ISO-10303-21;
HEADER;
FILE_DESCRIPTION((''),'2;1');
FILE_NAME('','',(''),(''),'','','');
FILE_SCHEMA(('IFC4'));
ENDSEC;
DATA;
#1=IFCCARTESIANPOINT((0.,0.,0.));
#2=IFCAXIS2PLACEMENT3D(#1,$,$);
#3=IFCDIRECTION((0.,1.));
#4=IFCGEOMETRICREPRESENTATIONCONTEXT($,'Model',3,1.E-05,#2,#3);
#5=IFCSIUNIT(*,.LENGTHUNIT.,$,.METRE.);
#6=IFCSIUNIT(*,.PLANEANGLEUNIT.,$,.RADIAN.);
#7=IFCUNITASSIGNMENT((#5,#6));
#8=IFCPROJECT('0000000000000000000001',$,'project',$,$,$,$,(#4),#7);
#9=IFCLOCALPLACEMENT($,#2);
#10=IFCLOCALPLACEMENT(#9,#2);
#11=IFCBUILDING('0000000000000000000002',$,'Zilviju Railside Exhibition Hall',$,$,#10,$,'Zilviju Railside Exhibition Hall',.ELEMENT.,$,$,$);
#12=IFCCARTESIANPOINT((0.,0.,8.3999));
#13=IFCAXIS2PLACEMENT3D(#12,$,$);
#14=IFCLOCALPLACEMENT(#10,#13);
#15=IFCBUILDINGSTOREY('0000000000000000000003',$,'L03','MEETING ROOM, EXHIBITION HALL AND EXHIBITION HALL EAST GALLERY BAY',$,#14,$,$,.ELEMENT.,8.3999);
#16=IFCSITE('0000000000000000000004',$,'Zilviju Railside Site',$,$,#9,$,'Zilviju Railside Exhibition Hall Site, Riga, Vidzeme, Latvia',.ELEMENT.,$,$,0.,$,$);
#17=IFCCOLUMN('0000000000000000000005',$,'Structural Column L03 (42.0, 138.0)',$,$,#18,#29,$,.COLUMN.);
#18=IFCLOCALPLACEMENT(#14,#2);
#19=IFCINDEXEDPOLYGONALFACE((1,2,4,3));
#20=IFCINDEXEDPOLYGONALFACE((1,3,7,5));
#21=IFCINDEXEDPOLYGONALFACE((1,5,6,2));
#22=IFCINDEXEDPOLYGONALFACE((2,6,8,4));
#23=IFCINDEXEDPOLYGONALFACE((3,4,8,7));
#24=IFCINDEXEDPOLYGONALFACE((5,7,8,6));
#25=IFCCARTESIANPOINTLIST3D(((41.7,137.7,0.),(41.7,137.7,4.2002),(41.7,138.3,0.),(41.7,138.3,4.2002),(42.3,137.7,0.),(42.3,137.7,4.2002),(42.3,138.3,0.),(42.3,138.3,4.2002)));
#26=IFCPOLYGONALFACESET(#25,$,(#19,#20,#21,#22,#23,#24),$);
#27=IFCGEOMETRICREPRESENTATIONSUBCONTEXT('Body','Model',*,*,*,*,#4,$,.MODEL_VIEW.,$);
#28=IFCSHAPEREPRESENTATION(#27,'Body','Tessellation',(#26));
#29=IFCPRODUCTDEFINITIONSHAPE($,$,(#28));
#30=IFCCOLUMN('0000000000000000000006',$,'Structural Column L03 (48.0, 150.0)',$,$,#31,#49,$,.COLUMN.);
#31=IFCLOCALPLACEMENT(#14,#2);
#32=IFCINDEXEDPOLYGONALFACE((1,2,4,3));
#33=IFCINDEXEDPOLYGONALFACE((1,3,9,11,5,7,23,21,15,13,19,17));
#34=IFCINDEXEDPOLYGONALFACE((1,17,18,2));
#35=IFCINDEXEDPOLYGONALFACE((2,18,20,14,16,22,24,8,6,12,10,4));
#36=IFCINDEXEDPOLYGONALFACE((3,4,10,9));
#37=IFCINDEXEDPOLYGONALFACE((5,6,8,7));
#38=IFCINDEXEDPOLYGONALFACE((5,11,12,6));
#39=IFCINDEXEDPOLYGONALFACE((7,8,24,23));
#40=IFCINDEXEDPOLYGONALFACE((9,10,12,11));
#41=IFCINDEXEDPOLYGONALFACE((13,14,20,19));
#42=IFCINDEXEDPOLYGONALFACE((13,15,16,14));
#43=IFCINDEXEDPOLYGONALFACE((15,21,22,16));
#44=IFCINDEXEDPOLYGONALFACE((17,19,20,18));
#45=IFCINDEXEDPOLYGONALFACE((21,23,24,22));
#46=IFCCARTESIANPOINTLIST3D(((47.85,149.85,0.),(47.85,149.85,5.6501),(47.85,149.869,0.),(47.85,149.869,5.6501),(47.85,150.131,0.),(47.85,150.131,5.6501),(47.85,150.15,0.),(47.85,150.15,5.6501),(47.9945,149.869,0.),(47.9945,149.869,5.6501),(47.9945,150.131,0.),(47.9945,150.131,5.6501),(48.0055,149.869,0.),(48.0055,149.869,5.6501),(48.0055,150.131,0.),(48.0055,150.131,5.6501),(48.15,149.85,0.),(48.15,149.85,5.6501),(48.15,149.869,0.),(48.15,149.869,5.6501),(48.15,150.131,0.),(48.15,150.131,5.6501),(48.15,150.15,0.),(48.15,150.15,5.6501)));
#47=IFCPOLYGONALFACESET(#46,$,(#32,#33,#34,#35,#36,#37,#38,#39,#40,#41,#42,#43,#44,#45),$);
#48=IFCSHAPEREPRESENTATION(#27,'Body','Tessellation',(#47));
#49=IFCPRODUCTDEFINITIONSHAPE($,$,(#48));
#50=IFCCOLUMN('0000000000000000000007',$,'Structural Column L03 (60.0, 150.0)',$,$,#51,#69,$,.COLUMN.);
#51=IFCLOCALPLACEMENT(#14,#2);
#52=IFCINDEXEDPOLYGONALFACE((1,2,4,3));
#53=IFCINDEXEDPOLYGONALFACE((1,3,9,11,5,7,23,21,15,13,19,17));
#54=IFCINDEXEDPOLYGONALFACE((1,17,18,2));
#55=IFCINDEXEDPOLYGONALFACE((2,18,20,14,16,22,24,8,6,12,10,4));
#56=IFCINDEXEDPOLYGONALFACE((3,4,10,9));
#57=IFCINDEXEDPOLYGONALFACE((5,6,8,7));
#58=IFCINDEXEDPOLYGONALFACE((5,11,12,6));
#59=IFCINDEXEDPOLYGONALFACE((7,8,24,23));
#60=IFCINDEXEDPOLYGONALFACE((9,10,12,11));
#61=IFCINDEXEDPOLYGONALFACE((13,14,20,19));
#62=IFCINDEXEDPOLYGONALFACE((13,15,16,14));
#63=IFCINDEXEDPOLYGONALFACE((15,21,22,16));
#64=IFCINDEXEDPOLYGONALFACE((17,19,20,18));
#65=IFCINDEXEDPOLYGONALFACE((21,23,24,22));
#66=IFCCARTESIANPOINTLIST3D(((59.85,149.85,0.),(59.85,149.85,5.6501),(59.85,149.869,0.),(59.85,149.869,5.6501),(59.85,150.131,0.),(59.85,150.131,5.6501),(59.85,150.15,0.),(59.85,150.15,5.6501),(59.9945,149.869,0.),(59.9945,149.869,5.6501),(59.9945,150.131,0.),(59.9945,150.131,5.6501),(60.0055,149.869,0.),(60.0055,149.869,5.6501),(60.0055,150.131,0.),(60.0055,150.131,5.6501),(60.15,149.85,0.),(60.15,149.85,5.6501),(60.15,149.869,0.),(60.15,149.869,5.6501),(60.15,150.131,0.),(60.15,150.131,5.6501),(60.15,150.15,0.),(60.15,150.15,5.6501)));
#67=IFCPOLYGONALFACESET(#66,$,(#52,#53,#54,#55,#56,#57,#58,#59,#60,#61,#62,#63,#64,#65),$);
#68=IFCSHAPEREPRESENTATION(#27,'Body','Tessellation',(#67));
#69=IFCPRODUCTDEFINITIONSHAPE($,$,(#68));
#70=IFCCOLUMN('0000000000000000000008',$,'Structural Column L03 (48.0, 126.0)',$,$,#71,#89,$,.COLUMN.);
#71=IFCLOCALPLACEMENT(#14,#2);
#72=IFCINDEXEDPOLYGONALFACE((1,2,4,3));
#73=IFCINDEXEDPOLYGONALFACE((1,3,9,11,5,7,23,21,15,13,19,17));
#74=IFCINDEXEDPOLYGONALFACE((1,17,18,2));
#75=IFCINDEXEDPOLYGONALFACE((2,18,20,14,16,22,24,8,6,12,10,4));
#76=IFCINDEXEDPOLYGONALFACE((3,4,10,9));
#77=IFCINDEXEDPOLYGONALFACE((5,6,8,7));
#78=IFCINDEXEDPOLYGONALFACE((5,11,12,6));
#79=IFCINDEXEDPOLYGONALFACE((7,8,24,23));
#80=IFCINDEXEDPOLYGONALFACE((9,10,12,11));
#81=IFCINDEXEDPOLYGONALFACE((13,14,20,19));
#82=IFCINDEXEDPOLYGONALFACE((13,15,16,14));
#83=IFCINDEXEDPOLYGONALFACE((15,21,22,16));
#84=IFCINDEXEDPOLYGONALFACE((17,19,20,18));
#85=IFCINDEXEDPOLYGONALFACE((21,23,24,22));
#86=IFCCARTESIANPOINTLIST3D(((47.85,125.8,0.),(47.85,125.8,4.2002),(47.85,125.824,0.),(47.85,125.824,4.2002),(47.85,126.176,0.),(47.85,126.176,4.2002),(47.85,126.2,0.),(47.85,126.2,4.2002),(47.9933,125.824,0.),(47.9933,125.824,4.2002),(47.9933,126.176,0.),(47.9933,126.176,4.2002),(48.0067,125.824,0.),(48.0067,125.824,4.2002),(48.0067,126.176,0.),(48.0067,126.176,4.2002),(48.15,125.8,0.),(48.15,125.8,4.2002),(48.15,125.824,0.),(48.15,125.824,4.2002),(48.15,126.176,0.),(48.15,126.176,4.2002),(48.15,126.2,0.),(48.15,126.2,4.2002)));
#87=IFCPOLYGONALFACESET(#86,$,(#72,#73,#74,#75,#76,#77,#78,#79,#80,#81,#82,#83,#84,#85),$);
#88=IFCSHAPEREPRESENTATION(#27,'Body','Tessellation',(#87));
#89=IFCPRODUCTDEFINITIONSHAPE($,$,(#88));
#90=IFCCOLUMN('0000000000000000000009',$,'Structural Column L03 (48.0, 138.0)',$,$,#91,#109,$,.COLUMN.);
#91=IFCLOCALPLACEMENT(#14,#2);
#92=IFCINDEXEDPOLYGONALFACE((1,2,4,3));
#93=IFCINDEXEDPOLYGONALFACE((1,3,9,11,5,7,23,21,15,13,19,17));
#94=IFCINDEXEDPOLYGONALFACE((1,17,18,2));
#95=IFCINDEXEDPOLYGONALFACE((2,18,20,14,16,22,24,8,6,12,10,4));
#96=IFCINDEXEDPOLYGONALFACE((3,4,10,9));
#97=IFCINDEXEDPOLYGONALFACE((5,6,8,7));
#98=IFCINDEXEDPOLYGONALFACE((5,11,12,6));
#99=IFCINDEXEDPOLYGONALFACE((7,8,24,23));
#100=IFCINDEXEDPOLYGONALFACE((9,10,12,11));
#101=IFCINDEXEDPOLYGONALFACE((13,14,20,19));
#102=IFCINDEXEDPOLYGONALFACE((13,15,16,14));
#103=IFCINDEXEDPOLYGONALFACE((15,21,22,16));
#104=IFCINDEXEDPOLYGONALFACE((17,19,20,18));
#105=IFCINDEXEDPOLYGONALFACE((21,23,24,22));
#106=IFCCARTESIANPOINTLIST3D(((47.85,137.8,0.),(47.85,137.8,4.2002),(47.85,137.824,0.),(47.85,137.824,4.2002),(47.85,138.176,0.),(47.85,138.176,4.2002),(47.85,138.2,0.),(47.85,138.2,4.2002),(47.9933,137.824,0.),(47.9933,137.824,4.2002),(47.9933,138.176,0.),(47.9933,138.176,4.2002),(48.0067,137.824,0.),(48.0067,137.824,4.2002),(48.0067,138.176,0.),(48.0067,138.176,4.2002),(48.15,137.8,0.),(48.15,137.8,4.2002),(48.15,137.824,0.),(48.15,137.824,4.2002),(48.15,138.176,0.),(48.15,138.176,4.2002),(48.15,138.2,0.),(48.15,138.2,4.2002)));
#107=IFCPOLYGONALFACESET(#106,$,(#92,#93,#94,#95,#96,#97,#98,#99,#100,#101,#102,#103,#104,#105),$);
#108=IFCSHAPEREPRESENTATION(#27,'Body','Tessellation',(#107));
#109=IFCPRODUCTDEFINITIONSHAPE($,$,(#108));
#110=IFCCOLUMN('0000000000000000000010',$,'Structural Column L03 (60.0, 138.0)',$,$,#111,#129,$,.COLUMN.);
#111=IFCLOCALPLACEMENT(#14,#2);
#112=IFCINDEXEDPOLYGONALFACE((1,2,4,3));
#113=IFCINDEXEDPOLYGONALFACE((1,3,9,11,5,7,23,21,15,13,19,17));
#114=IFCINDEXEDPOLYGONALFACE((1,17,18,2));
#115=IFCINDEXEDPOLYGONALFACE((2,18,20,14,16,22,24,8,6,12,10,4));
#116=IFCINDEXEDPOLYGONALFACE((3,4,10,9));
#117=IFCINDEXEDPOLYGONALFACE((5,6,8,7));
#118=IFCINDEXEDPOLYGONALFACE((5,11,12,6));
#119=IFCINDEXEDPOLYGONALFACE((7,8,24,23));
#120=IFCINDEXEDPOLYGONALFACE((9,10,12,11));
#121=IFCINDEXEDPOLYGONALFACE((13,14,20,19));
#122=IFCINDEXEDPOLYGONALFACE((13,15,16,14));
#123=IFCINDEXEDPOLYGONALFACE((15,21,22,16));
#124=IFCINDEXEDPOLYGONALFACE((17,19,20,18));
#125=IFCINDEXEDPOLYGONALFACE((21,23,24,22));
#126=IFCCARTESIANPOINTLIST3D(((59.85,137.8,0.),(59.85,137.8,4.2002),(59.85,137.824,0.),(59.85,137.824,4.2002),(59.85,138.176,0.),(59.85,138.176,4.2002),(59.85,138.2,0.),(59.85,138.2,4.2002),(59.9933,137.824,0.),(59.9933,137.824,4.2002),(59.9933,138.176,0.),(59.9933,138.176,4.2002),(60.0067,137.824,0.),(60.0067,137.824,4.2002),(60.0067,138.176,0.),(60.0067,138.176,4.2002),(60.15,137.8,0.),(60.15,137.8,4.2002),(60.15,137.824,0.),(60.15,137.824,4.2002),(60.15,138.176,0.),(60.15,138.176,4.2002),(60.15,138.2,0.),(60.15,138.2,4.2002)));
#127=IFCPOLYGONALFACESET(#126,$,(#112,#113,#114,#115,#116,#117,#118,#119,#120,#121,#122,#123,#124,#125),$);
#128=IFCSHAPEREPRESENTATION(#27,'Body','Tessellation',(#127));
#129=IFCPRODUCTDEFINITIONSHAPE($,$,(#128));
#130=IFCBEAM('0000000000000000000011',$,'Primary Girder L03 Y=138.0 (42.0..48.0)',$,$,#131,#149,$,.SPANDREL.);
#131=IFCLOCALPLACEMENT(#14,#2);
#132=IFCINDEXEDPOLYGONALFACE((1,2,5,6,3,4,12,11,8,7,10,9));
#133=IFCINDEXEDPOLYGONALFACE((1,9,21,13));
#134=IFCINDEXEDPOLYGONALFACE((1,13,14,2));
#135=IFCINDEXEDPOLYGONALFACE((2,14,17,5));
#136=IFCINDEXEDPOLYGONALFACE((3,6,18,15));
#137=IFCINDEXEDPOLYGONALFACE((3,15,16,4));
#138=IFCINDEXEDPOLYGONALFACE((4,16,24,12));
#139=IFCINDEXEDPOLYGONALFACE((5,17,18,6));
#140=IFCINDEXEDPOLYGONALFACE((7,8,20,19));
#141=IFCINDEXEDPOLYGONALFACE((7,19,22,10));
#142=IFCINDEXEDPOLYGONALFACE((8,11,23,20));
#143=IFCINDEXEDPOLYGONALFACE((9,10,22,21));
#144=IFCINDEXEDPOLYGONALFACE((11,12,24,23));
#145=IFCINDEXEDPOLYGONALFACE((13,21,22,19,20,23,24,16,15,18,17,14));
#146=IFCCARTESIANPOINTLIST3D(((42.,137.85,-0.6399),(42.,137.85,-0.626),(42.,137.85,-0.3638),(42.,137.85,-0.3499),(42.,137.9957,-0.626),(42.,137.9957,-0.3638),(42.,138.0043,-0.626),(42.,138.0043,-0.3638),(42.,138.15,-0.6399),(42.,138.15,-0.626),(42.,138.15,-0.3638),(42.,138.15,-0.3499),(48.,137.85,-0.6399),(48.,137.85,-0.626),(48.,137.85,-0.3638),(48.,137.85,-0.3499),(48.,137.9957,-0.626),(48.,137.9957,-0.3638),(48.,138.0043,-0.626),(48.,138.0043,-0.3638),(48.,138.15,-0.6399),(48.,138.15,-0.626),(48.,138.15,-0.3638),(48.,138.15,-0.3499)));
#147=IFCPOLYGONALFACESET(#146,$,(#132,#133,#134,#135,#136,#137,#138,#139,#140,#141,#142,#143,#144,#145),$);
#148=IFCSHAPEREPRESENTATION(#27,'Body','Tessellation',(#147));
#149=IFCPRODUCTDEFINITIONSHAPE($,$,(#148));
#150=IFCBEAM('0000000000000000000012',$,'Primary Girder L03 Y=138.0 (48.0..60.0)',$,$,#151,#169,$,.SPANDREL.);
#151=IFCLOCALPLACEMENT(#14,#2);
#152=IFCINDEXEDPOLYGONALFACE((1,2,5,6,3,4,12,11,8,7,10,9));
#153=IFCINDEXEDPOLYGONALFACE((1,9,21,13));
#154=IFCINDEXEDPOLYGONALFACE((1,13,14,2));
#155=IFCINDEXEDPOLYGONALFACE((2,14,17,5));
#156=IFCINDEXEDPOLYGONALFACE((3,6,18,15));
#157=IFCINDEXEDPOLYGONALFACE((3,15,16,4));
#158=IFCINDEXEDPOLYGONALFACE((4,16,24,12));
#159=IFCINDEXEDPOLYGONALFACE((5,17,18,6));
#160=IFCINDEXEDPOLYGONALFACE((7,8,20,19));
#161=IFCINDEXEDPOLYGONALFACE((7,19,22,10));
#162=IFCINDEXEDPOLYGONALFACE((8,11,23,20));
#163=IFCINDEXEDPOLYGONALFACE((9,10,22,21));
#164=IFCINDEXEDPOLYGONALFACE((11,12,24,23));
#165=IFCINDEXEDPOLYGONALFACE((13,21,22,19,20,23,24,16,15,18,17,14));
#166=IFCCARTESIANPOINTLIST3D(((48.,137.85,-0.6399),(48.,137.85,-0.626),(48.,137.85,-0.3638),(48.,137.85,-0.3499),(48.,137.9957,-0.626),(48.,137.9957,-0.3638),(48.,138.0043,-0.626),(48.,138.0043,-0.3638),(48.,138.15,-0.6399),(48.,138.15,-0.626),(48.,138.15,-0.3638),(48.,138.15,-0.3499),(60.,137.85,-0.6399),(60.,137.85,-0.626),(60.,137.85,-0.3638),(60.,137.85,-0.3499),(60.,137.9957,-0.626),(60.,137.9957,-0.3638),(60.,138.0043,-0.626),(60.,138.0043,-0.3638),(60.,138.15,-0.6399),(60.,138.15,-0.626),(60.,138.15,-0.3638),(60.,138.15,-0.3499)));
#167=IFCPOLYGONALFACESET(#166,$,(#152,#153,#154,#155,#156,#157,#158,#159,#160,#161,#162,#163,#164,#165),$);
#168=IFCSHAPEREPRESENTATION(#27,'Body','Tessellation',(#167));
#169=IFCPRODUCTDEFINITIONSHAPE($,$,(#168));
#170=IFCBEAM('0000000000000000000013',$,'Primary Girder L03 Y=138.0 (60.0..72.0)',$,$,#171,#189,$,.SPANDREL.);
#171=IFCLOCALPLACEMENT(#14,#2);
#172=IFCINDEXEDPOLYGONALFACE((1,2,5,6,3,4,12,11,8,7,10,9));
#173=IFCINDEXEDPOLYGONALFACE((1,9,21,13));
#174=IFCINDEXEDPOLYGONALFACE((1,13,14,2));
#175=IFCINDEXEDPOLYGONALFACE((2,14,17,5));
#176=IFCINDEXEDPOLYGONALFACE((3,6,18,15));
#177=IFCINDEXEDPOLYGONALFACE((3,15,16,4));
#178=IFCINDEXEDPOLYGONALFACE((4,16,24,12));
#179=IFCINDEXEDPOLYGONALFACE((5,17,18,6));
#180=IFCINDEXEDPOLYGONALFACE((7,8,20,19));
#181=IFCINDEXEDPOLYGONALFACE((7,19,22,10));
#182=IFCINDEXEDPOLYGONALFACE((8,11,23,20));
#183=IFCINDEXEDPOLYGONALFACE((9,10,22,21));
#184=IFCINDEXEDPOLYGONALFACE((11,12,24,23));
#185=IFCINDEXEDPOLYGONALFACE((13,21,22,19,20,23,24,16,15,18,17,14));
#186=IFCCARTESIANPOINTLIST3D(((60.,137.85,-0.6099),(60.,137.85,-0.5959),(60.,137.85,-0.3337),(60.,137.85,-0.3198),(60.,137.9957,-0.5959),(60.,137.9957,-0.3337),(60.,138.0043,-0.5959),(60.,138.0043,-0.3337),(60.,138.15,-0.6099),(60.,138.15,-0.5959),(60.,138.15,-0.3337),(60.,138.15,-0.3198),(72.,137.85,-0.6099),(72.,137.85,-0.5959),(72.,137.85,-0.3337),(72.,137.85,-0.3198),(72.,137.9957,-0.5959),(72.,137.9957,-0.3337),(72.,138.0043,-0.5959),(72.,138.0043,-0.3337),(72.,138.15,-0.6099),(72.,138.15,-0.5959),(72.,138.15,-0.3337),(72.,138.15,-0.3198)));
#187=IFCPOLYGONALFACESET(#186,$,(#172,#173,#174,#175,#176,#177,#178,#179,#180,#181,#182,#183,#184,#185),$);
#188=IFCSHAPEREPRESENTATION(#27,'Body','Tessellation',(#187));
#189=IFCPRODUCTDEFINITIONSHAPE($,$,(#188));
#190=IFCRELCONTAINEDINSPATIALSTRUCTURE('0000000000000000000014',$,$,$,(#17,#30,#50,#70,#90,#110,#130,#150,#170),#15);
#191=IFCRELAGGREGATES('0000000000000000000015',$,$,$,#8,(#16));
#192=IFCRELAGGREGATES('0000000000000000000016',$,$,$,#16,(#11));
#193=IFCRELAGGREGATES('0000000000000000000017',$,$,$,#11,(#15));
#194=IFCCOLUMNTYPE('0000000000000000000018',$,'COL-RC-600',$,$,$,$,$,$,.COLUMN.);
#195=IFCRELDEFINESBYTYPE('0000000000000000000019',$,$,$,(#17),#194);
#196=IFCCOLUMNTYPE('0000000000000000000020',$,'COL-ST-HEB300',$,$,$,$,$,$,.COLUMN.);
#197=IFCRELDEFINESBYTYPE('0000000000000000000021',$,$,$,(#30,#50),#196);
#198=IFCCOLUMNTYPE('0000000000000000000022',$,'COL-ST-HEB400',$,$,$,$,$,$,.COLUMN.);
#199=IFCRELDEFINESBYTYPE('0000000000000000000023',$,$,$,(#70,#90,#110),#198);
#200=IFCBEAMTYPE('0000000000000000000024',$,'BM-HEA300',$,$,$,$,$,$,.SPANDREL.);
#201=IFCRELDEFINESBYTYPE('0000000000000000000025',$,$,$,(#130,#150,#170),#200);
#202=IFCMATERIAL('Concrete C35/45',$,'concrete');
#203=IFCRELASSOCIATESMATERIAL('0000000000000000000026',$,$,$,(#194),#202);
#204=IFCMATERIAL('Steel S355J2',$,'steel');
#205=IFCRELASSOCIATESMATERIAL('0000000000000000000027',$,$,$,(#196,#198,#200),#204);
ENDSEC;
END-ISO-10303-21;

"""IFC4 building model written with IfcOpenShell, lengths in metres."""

from ifc_helpers import new_model, si_unit, direction, frame, origin, origin_2d, place, context, subcontext, project, spatial, rectangle, i_section, extrude, material, material_profile, profile_set, type_object, element, save


model = new_model("IFC4")

# Units and contexts
model_context = context("Model", 3, precision=1e-05, world=origin(), true_north=direction((0.0, 1.0)))
body_context = subcontext(model_context, "Body", "Model", "MODEL_VIEW")
ifc_project = project(units=[si_unit("LENGTHUNIT", "METRE"), si_unit("PLANEANGLEUNIT", "RADIAN")], contexts=[model_context])

# Site, building, storey
site_placement = place(None, origin())
site = spatial("IfcSite", under=ifc_project, at=site_placement, Name="Zilviju Railside Site", LongName="Zilviju Railside Exhibition Hall Site, Riga, Vidzeme, Latvia", CompositionType="ELEMENT", RefElevation=0.0)
building_placement = place(site_placement, origin())
building = spatial("IfcBuilding", under=site, at=building_placement, Name="Zilviju Railside Exhibition Hall", LongName="Zilviju Railside Exhibition Hall", CompositionType="ELEMENT")
storey_placement = place(building_placement, frame((0.0, 0.0, 8.3999)))
storey = spatial("IfcBuildingStorey", under=building, at=storey_placement, Name="L03", Description="MEETING ROOM, EXHIBITION HALL AND EXHIBITION HALL EAST GALLERY BAY", CompositionType="ELEMENT", Elevation=8.3999)

# Columns
ifc_material_1 = material(Name="Concrete C35/45", Category="concrete")
ifc_material_profile_1 = material_profile(ifc_material_1, rectangle(XDim=0.6001, YDim=0.6001, at=origin_2d()), Name="RC COL 600x600")
ifc_profile_set_1 = profile_set([ifc_material_profile_1], Name="Concrete C35/45")
column_type_1 = type_object("IfcColumnType", Name="COL-RC-600", PredefinedType="COLUMN", material=ifc_profile_set_1)
column_placement = place(storey_placement, frame((42.0, 138.0, 0.0), z_axis=(0.0, 0.0, 1.0), x_axis=(1.0, 0.0, 0.0)))
element("IfcColumn", 1, at=column_placement, inside=storey, type_object=column_type_1, Name="Structural Column L03 (42.0, 138.0)", PredefinedType="COLUMN", context=body_context, shape_type="SweptSolid", body=[
    extrude(rectangle(XDim=0.6001, YDim=0.6001, at=origin_2d()), origin(), (0.0, 0.0, 1.0), 4.2002),
])
ifc_material_2 = material(Name="Steel S355J2", Category="steel")
ifc_material_profile_2 = material_profile(ifc_material_2, i_section(OverallWidth=0.3, OverallDepth=0.3, WebThickness=0.011, FlangeThickness=0.019, at=origin_2d()), Name="HEB 300")
ifc_profile_set_2 = profile_set([ifc_material_profile_2], Name="Steel S355J2")
column_type_2 = type_object("IfcColumnType", Name="COL-ST-HEB300", PredefinedType="COLUMN", material=ifc_profile_set_2)
for number, where, z_axis, x_axis, name in (
    (2, (48.0, 150.0, 0.0), (0.0, 0.0, 1.0), (1.0, 0.0, 0.0), "Structural Column L03 (48.0, 150.0)"),
    (3, (60.0, 150.0, 0.0), (0.0, 0.0, 1.0), (1.0, 0.0, 0.0), "Structural Column L03 (60.0, 150.0)"),
):
    element("IfcColumn", number, at=place(storey_placement, frame(where, z_axis=z_axis, x_axis=x_axis)), inside=storey, type_object=column_type_2, Name=name, PredefinedType="COLUMN", context=body_context, shape_type="SweptSolid", body=[
        extrude(i_section(OverallWidth=0.3, OverallDepth=0.3, WebThickness=0.011, FlangeThickness=0.019, at=origin_2d()), origin(), (0.0, 0.0, 1.0), 5.6501),
    ])
ifc_material_profile_3 = material_profile(ifc_material_2, i_section(OverallWidth=0.3, OverallDepth=0.3999, WebThickness=0.0134, FlangeThickness=0.0239, at=origin_2d()), Name="HEB 400")
ifc_profile_set_3 = profile_set([ifc_material_profile_3], Name="Steel S355J2")
column_type_3 = type_object("IfcColumnType", Name="COL-ST-HEB400", PredefinedType="COLUMN", material=ifc_profile_set_3)
for number, where, z_axis, x_axis, name in (
    (4, (48.0, 126.0, 0.0), (0.0, 0.0, 1.0), (1.0, 0.0, 0.0), "Structural Column L03 (48.0, 126.0)"),
    (5, (48.0, 138.0, 0.0), (0.0, 0.0, 1.0), (1.0, 0.0, 0.0), "Structural Column L03 (48.0, 138.0)"),
    (6, (60.0, 138.0, 0.0), (0.0, 0.0, 1.0), (1.0, 0.0, 0.0), "Structural Column L03 (60.0, 138.0)"),
):
    element("IfcColumn", number, at=place(storey_placement, frame(where, z_axis=z_axis, x_axis=x_axis)), inside=storey, type_object=column_type_3, Name=name, PredefinedType="COLUMN", context=body_context, shape_type="SweptSolid", body=[
        extrude(i_section(OverallWidth=0.3, OverallDepth=0.3999, WebThickness=0.0134, FlangeThickness=0.0239, at=origin_2d()), origin(), (0.0, 0.0, 1.0), 4.2002),
    ])

# Beams
ifc_material_profile_4 = material_profile(ifc_material_2, i_section(OverallWidth=0.3, OverallDepth=0.29, WebThickness=0.0085, FlangeThickness=0.0139, at=origin_2d()), Name="HEA 300")
ifc_profile_set_4 = profile_set([ifc_material_profile_4], Name="Steel S355J2")
beam_type_1 = type_object("IfcBeamType", Name="BM-HEA300", PredefinedType="SPANDREL", material=ifc_profile_set_4)
beam_1_placement = place(storey_placement, frame((42.0, 138.0, -0.4949), z_axis=(1.0, 0.0, 0.0), x_axis=(0.0, 1.0, 0.0)))
element("IfcBeam", 7, at=beam_1_placement, inside=storey, type_object=beam_type_1, Name="Primary Girder L03 Y=138.0 (42.0..48.0)", PredefinedType="SPANDREL", context=body_context, shape_type="SweptSolid", body=[
    extrude(i_section(OverallWidth=0.3, OverallDepth=0.29, WebThickness=0.0085, FlangeThickness=0.0139, at=origin_2d()), origin(), (0.0, 0.0, 1.0), 6.0),
])
for number, where, z_axis, x_axis, name in (
    (8, (48.0, 138.0, -0.4949), (1.0, 0.0, 0.0), (0.0, 1.0, 0.0), "Primary Girder L03 Y=138.0 (48.0..60.0)"),
    (9, (60.0, 138.0, -0.4648), (1.0, 0.0, 0.0), (0.0, 1.0, 0.0), "Primary Girder L03 Y=138.0 (60.0..72.0)"),
):
    element("IfcBeam", number, at=place(storey_placement, frame(where, z_axis=z_axis, x_axis=x_axis)), inside=storey, type_object=beam_type_1, Name=name, PredefinedType="SPANDREL", context=body_context, shape_type="SweptSolid", body=[
        extrude(i_section(OverallWidth=0.3, OverallDepth=0.29, WebThickness=0.0085, FlangeThickness=0.0139, at=origin_2d()), origin(), (0.0, 0.0, 1.0), 12.0),
    ])

save(model, "model.ifc")
